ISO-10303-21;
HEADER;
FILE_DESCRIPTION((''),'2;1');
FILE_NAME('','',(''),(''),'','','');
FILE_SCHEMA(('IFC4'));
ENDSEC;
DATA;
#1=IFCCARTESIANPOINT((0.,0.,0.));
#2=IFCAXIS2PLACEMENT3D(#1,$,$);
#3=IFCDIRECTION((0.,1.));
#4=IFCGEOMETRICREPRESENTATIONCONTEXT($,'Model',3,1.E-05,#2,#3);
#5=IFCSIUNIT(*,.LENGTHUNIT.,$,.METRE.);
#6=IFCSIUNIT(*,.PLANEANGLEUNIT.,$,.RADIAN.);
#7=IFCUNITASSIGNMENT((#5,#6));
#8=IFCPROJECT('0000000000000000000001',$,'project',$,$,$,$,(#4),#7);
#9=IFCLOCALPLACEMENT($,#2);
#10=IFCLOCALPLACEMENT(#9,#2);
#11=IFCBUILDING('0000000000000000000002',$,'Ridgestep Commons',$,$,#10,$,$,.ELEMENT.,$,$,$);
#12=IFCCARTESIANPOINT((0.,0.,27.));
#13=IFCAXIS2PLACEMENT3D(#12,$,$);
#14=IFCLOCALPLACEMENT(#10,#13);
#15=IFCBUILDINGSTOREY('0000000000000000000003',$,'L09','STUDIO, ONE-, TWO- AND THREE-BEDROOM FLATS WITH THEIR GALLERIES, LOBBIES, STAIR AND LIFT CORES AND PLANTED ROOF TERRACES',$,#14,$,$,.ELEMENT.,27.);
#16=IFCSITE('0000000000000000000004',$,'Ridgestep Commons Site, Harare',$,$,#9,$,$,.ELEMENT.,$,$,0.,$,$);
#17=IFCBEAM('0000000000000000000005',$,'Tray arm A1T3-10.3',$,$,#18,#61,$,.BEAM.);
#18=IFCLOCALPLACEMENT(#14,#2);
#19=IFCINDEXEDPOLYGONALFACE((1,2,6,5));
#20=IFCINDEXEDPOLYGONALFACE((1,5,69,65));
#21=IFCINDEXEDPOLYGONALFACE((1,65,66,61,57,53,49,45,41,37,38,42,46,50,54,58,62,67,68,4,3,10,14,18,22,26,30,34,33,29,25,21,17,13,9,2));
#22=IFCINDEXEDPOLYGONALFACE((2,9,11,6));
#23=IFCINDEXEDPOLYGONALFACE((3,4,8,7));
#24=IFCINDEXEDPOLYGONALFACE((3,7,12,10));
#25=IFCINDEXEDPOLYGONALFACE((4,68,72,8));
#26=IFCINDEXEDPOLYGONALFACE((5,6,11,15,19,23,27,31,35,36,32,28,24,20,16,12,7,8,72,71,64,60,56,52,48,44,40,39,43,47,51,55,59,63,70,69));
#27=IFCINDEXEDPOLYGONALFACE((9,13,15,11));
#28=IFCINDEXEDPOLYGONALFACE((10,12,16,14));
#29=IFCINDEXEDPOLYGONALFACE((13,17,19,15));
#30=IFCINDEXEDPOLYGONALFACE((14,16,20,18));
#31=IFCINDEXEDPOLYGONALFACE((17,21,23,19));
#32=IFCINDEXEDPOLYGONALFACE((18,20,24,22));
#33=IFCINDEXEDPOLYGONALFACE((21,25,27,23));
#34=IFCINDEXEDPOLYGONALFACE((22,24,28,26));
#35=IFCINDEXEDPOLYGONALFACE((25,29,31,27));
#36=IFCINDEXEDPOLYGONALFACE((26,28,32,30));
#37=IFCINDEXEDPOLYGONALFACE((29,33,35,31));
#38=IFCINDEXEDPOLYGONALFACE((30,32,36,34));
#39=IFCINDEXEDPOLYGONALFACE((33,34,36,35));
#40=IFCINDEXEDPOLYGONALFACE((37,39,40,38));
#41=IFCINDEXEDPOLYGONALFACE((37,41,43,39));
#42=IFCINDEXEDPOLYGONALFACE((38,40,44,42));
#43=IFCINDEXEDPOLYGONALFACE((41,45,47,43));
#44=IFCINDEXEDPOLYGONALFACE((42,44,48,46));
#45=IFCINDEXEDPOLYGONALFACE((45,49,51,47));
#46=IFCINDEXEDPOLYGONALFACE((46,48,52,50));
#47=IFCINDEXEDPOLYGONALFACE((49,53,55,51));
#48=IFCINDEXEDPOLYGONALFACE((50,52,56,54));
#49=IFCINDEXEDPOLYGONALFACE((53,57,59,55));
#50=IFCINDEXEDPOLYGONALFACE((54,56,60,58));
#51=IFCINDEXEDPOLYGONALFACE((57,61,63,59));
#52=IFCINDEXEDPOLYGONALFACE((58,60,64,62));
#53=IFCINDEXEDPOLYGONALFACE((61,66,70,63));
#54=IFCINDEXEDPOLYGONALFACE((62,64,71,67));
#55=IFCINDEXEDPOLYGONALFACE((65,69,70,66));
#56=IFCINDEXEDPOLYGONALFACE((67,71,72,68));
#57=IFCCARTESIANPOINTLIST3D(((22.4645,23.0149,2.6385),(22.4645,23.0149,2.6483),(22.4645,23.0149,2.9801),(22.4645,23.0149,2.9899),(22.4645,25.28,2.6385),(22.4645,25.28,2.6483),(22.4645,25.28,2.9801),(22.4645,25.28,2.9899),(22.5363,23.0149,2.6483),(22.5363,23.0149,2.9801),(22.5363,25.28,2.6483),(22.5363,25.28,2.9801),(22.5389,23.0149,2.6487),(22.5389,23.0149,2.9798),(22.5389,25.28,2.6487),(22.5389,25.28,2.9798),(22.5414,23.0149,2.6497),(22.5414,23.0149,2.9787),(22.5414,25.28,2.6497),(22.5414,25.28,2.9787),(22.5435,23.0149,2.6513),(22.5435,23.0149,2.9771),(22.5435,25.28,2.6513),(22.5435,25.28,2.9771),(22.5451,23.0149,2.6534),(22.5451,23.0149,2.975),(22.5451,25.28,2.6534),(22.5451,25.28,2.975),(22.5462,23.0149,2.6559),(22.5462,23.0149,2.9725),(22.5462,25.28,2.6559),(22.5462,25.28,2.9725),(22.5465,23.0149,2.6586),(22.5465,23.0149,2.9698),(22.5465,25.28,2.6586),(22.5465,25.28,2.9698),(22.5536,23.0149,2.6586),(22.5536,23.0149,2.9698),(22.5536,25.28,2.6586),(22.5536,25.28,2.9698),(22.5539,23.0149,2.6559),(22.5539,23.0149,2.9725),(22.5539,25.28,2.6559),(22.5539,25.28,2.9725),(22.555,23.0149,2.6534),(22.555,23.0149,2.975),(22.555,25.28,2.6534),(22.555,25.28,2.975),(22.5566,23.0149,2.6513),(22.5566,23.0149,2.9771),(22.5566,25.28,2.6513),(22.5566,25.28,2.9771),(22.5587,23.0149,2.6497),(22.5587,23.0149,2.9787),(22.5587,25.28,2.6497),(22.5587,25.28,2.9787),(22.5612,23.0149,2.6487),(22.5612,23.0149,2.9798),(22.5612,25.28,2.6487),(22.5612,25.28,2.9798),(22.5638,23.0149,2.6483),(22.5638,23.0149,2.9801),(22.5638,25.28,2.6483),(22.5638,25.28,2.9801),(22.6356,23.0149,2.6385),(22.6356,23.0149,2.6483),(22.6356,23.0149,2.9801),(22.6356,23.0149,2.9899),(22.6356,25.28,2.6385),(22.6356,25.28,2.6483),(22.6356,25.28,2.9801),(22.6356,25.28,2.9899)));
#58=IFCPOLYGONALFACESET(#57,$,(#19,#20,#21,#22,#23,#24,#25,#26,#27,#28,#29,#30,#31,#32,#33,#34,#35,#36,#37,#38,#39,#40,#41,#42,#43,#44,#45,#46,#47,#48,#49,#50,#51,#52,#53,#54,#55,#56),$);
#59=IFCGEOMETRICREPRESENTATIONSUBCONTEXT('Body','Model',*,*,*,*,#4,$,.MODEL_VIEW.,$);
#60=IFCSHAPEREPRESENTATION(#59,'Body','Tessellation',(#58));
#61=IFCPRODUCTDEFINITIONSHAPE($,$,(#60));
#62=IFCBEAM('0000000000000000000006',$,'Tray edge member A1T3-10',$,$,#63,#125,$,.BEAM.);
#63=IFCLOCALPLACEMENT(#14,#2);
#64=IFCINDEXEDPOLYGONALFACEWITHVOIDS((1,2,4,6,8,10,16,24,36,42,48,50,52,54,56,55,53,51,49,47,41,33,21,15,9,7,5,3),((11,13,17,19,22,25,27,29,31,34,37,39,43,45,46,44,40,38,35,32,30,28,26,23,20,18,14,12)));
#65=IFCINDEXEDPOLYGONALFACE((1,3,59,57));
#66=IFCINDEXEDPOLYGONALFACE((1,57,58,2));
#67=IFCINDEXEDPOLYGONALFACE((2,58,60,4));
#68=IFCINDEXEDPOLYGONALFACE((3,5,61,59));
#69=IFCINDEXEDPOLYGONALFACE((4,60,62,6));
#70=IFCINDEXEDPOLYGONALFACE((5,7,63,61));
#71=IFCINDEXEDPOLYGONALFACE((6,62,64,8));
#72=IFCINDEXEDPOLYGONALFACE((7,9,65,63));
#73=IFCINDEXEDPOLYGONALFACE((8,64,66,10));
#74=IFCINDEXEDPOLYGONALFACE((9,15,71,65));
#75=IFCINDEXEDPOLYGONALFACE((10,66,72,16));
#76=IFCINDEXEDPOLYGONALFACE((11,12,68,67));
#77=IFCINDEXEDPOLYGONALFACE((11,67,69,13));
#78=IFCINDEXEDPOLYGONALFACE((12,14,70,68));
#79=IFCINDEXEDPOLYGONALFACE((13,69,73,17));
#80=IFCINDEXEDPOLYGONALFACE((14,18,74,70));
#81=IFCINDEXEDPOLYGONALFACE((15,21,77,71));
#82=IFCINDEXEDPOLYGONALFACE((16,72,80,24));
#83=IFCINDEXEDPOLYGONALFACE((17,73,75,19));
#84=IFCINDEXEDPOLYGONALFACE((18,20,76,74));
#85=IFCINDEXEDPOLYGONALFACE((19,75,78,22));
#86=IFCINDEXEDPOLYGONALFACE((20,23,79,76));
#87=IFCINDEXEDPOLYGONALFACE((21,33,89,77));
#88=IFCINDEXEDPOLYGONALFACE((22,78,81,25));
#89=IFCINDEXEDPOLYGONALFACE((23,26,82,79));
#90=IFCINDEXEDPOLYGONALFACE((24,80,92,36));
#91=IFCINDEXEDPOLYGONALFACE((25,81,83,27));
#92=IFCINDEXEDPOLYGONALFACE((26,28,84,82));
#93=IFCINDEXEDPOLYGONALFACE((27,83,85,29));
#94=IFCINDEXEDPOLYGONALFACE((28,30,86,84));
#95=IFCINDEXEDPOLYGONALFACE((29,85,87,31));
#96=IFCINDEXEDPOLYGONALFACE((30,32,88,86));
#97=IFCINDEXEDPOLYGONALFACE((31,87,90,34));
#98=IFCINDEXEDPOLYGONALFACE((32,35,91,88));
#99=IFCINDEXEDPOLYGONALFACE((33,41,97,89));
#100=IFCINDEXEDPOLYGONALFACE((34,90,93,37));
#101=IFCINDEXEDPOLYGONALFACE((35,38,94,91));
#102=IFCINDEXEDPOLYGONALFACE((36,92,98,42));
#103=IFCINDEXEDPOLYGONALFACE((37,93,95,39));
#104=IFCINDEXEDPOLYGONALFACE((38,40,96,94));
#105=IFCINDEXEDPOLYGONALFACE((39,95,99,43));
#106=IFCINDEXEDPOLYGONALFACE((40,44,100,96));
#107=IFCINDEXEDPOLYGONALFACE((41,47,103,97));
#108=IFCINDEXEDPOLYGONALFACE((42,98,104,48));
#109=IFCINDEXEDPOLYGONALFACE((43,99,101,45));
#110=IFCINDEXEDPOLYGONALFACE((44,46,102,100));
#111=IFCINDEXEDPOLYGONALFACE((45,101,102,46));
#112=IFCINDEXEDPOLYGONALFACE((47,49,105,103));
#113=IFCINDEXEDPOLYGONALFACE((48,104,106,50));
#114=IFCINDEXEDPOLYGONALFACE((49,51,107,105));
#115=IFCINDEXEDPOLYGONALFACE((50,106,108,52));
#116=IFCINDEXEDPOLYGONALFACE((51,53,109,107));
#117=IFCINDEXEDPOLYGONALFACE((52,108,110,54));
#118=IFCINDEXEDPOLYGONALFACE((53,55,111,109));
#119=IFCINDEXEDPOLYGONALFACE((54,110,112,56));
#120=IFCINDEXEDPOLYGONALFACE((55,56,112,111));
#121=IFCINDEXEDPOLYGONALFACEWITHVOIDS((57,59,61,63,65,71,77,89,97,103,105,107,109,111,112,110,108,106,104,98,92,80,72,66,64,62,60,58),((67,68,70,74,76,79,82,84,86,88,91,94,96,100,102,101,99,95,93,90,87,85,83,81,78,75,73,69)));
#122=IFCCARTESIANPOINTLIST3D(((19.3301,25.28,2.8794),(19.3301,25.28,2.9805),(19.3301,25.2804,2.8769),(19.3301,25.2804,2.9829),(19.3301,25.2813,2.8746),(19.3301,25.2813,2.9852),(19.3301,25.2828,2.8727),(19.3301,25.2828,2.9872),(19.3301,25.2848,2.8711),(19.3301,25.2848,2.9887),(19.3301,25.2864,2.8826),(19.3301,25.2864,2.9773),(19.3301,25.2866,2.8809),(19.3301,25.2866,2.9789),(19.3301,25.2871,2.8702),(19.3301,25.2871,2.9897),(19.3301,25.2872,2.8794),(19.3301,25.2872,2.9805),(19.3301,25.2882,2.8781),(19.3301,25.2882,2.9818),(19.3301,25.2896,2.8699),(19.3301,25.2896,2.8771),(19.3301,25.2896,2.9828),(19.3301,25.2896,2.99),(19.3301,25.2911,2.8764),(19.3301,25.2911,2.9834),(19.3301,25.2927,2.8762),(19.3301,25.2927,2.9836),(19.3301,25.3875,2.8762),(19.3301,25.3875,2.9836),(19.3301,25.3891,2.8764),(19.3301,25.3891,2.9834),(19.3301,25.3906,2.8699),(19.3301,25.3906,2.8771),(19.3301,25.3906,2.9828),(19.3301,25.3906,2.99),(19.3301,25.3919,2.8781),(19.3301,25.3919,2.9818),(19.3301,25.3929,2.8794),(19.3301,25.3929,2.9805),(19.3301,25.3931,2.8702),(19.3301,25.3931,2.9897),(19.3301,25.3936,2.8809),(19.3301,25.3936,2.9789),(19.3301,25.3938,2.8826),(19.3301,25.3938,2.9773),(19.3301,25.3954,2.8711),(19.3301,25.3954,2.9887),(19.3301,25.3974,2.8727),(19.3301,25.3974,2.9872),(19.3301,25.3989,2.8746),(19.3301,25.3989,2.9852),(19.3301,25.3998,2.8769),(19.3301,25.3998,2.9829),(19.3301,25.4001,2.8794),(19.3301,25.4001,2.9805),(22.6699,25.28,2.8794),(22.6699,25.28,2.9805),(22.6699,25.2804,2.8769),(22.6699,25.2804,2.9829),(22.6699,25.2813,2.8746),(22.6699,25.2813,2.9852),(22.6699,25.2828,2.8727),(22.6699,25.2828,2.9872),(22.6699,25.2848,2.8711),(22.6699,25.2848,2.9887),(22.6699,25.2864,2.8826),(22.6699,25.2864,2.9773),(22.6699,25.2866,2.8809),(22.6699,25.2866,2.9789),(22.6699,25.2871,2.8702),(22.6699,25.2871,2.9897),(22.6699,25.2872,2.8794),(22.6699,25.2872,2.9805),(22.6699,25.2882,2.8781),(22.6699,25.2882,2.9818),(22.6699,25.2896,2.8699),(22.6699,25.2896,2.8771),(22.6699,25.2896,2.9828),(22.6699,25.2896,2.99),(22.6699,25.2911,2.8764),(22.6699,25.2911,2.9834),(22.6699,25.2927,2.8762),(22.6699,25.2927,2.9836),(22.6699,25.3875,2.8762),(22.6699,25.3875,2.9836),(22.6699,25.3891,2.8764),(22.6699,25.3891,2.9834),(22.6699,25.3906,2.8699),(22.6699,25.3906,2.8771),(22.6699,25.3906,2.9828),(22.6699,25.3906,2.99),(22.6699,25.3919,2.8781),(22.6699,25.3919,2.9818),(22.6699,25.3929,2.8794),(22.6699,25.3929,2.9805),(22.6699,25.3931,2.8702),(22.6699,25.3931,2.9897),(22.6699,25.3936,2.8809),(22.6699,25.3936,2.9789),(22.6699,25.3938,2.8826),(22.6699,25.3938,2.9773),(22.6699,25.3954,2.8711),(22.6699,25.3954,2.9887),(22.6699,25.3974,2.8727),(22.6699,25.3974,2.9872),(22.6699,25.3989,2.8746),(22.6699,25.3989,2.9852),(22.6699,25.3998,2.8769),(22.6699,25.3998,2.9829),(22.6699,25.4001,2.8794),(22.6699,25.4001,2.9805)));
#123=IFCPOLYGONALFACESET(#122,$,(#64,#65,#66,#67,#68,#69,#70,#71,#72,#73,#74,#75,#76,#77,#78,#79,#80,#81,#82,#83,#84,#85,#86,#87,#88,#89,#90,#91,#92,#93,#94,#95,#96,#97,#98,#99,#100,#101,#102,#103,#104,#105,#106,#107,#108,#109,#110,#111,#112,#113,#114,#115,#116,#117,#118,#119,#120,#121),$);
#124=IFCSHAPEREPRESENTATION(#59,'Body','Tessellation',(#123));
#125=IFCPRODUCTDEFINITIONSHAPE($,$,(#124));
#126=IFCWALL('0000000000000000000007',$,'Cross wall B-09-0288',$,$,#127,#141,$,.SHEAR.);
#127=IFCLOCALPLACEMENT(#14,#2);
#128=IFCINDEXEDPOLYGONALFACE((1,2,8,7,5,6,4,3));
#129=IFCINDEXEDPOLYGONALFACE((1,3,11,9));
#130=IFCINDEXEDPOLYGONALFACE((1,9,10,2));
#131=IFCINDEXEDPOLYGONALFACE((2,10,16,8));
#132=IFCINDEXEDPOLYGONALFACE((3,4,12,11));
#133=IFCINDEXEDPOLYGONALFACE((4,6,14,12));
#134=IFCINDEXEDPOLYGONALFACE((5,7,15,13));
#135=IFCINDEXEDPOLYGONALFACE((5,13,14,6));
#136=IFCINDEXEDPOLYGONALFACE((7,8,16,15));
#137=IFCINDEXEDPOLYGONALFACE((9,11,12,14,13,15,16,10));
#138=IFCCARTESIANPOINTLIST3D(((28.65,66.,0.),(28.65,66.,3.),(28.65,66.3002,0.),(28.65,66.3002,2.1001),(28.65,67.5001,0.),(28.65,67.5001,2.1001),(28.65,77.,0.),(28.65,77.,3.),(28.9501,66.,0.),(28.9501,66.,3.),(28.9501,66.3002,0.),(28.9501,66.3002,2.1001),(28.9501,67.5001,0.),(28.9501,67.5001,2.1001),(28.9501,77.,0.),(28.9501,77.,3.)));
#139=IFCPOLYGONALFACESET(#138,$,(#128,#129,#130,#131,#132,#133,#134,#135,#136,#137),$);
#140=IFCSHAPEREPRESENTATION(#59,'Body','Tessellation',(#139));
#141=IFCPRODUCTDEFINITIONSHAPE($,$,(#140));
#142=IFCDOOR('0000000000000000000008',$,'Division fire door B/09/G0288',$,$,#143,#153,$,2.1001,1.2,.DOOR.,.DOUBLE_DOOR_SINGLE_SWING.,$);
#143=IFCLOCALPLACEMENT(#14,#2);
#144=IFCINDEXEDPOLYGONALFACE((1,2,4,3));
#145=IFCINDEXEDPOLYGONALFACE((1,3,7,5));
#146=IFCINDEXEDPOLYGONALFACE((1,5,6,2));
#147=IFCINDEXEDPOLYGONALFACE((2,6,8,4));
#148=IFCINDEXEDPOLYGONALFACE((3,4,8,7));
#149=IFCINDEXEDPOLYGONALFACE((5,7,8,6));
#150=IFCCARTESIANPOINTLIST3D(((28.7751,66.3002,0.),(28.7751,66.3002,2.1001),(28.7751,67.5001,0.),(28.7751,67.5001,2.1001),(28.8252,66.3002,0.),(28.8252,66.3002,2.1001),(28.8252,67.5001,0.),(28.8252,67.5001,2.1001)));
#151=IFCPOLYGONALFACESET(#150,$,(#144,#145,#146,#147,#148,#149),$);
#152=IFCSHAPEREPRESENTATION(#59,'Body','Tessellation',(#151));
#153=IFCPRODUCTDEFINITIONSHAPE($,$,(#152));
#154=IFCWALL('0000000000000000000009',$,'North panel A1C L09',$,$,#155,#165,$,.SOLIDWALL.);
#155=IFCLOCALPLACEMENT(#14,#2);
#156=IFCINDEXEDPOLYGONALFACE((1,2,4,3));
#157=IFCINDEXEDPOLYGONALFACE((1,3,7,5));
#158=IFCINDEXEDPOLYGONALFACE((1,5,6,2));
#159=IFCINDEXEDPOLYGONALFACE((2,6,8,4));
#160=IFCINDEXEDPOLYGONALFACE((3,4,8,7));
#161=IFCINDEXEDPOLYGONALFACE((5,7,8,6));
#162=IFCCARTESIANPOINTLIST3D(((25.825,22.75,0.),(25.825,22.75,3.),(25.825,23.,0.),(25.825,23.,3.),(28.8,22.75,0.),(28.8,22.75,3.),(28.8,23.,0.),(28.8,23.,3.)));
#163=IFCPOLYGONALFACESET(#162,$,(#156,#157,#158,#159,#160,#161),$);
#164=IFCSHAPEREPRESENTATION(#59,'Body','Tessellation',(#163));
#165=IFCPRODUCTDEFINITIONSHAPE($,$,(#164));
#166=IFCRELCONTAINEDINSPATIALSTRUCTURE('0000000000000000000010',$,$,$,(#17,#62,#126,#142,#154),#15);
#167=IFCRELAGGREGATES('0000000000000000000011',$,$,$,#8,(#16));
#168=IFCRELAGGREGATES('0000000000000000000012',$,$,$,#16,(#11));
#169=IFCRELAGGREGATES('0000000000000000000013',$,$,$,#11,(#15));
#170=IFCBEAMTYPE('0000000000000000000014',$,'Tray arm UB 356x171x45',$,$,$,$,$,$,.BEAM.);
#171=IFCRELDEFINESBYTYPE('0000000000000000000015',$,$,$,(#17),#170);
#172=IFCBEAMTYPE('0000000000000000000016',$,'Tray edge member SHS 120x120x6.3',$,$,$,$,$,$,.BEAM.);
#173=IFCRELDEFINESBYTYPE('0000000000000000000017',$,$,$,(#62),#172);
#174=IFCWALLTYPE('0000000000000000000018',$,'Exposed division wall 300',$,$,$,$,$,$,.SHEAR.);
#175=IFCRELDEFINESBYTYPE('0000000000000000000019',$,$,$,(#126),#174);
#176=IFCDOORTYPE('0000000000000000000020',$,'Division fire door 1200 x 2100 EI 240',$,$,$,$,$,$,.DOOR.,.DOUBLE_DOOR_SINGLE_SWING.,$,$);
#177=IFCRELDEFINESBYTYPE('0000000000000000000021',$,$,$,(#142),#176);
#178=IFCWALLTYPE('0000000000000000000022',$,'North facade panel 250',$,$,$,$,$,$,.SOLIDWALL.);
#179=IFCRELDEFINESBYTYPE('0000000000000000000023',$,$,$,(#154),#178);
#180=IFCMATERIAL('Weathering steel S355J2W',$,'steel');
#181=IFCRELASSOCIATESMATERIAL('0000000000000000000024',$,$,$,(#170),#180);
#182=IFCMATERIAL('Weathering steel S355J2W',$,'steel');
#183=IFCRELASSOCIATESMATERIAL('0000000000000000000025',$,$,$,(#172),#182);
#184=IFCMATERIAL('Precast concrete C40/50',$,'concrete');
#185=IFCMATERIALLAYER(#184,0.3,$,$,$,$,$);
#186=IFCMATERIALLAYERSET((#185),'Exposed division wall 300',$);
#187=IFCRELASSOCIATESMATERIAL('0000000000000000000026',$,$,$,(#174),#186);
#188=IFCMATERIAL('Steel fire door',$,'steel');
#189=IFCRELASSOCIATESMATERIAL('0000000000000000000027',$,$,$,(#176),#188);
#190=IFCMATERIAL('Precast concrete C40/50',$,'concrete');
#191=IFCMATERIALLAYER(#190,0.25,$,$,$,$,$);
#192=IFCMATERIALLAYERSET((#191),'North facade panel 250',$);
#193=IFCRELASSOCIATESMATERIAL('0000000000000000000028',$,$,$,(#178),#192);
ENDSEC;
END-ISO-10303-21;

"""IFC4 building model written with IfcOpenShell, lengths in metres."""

from ifc_helpers import new_model, si_unit, direction, frame, frame_2d, origin, origin_2d, place, context, subcontext, project, spatial, rectangle, hollow_rectangle, i_section, extrude, material, layer, layer_set, material_profile, profile_set, type_object, element, fill, save


model = new_model("IFC4")

# Units and contexts
model_context = context("Model", 3, precision=1e-05, world=origin(), true_north=direction((0.0, 1.0)))
body_context = subcontext(model_context, "Body", "Model", "MODEL_VIEW")
ifc_project = project(units=[si_unit("LENGTHUNIT", "METRE"), si_unit("PLANEANGLEUNIT", "RADIAN")], contexts=[model_context])

# Site, building, storey
site_placement = place(None, origin())
site = spatial("IfcSite", under=ifc_project, at=site_placement, Name="Ridgestep Commons Site, Harare", CompositionType="ELEMENT", RefElevation=0.0)
building_placement = place(site_placement, origin())
building = spatial("IfcBuilding", under=site, at=building_placement, Name="Ridgestep Commons", CompositionType="ELEMENT")
storey_placement = place(building_placement, frame((0.0, 0.0, 27.0)))
storey = spatial("IfcBuildingStorey", under=building, at=storey_placement, Name="L09", Description="STUDIO, ONE-, TWO- AND THREE-BEDROOM FLATS WITH THEIR GALLERIES, LOBBIES, STAIR AND LIFT CORES AND PLANTED ROOF TERRACES", CompositionType="ELEMENT", Elevation=27.0)

# Beams
ifc_material_1 = material(Name="Weathering steel S355J2W", Category="steel")
ifc_material_profile_1 = material_profile(ifc_material_1, i_section(OverallWidth=0.1711, OverallDepth=0.3513, WebThickness=0.0071, FlangeThickness=0.0098, FilletRadius=0.0103, at=origin_2d()), Name="UB 356x171x45")
ifc_profile_set_1 = profile_set([ifc_material_profile_1], Name="Weathering steel S355J2W")
beam_type_1 = type_object("IfcBeamType", Name="Tray arm UB 356x171x45", PredefinedType="BEAM", material=ifc_profile_set_1)
for number, where, z_axis, x_axis, name in (
    (1, (22.55, 23.0149, 2.8142), (0.0, 1.0, 0.0), (-1.0, 0.0, 0.0), "Tray arm A1T3-10.3"),
):
    element("IfcBeam", number, at=place(storey_placement, frame(where, z_axis=z_axis, x_axis=x_axis)), inside=storey, type_object=beam_type_1, Name=name, PredefinedType="BEAM", context=body_context, shape_type="SweptSolid", body=[
        extrude(i_section(OverallWidth=0.1711, OverallDepth=0.3513, WebThickness=0.0071, FlangeThickness=0.0098, FilletRadius=0.0103, at=origin_2d()), origin(), (0.0, 0.0, 1.0), 2.2651),
    ])
ifc_material_2 = material(Name="Weathering steel S355J2W", Category="steel")
ifc_material_profile_2 = material_profile(ifc_material_2, hollow_rectangle(XDim=0.1201, YDim=0.1201, WallThickness=0.0063, InnerFilletRadius=0.0063, OuterFilletRadius=0.0095, at=origin_2d()), Name="SHS 120x120x6.3")
ifc_profile_set_2 = profile_set([ifc_material_profile_2], Name="Weathering steel S355J2W")
beam_type_2 = type_object("IfcBeamType", Name="Tray edge member SHS 120x120x6.3", PredefinedType="BEAM", material=ifc_profile_set_2)
beam_1_placement = place(storey_placement, frame((19.3301, 25.3401, 2.9299), z_axis=(1.0, 0.0, 0.0), x_axis=(0.0, 0.0, 1.0)))
element("IfcBeam", 2, at=beam_1_placement, inside=storey, type_object=beam_type_2, Name="Tray edge member A1T3-10", PredefinedType="BEAM", context=body_context, shape_type="SweptSolid", body=[
    extrude(hollow_rectangle(XDim=0.1201, YDim=0.1201, WallThickness=0.0063, InnerFilletRadius=0.0063, OuterFilletRadius=0.0095, at=origin_2d()), origin(), (0.0, 0.0, 1.0), 3.3398),
])

# Wall, opening, door
ifc_material_3 = material(Name="Precast concrete C40/50", Category="concrete")
ifc_layer_1 = layer(ifc_material_3, 0.3)
ifc_layer_set_1 = layer_set([ifc_layer_1], Name="Exposed division wall 300")
wall_type_1 = type_object("IfcWallType", Name="Exposed division wall 300", PredefinedType="SHEAR", material=ifc_layer_set_1)
wall_1_placement = place(storey_placement, frame((28.8, 66.0, 0.0), z_axis=(0.0, 0.0, 1.0), x_axis=(0.0, 1.0, 0.0)))
wall_1 = element("IfcWall", 3, at=wall_1_placement, inside=storey, type_object=wall_type_1, Name="Cross wall B-09-0288", PredefinedType="SHEAR", context=body_context, shape_type="SweptSolid", body=[
    extrude(rectangle(XDim=11.0, YDim=0.3, at=frame_2d((5.5, 0.0))), origin(), (0.0, 0.0, 1.0), 3.0),
])
opening_1_placement = place(wall_1_placement, frame((0.3, 0.0, 0.0)))
opening_1 = element("IfcOpeningElement", 4, at=opening_1_placement, cuts=wall_1, PredefinedType="OPENING", context=body_context, shape_type="SweptSolid", body=[
    extrude(rectangle(XDim=1.2, YDim=2.1001, at=frame_2d((0.6001, 1.05))), frame((0.0, 0.1599, 0.0), z_axis=(0.0, -1.0, 0.0), x_axis=(1.0, 0.0, 0.0)), (0.0, 0.0, 1.0), 0.3201),
])
ifc_material_4 = material(Name="Steel fire door", Category="steel")
door_type_1 = type_object("IfcDoorType", Name="Division fire door 1200 x 2100 EI 240", OperationType="DOUBLE_DOOR_SINGLE_SWING", PredefinedType="DOOR", material=ifc_material_4)
door_1_placement = place(opening_1_placement, origin())
door_1 = element("IfcDoor", 5, at=door_1_placement, inside=storey, type_object=door_type_1, Name="Division fire door B/09/G0288", OperationType="DOUBLE_DOOR_SINGLE_SWING", OverallHeight=2.1001, OverallWidth=1.2, PredefinedType="DOOR", context=body_context, shape_type="SweptSolid", body=[
    extrude(rectangle(XDim=1.2, YDim=2.1001, at=frame_2d((0.6001, 1.05))), frame((0.0, 0.0249, 0.0), z_axis=(0.0, -1.0, 0.0), x_axis=(1.0, 0.0, 0.0)), (0.0, 0.0, 1.0), 0.05),
])
fill(opening_1, door_1)

# Wall
ifc_material_5 = material(Name="Precast concrete C40/50", Category="concrete")
ifc_layer_2 = layer(ifc_material_5, 0.25)
ifc_layer_set_2 = layer_set([ifc_layer_2], Name="North facade panel 250")
wall_type_2 = type_object("IfcWallType", Name="North facade panel 250", PredefinedType="SOLIDWALL", material=ifc_layer_set_2)
wall_2_placement = place(storey_placement, frame((25.825, 22.875, 0.0), z_axis=(0.0, 0.0, 1.0), x_axis=(1.0, 0.0, 0.0)))
element("IfcWall", 6, at=wall_2_placement, inside=storey, type_object=wall_type_2, Name="North panel A1C L09", PredefinedType="SOLIDWALL", context=body_context, shape_type="SweptSolid", body=[
    extrude(rectangle(XDim=2.9751, YDim=0.25, at=frame_2d((1.4875, 0.0))), origin(), (0.0, 0.0, 1.0), 3.0),
])

save(model, "model.ifc")
